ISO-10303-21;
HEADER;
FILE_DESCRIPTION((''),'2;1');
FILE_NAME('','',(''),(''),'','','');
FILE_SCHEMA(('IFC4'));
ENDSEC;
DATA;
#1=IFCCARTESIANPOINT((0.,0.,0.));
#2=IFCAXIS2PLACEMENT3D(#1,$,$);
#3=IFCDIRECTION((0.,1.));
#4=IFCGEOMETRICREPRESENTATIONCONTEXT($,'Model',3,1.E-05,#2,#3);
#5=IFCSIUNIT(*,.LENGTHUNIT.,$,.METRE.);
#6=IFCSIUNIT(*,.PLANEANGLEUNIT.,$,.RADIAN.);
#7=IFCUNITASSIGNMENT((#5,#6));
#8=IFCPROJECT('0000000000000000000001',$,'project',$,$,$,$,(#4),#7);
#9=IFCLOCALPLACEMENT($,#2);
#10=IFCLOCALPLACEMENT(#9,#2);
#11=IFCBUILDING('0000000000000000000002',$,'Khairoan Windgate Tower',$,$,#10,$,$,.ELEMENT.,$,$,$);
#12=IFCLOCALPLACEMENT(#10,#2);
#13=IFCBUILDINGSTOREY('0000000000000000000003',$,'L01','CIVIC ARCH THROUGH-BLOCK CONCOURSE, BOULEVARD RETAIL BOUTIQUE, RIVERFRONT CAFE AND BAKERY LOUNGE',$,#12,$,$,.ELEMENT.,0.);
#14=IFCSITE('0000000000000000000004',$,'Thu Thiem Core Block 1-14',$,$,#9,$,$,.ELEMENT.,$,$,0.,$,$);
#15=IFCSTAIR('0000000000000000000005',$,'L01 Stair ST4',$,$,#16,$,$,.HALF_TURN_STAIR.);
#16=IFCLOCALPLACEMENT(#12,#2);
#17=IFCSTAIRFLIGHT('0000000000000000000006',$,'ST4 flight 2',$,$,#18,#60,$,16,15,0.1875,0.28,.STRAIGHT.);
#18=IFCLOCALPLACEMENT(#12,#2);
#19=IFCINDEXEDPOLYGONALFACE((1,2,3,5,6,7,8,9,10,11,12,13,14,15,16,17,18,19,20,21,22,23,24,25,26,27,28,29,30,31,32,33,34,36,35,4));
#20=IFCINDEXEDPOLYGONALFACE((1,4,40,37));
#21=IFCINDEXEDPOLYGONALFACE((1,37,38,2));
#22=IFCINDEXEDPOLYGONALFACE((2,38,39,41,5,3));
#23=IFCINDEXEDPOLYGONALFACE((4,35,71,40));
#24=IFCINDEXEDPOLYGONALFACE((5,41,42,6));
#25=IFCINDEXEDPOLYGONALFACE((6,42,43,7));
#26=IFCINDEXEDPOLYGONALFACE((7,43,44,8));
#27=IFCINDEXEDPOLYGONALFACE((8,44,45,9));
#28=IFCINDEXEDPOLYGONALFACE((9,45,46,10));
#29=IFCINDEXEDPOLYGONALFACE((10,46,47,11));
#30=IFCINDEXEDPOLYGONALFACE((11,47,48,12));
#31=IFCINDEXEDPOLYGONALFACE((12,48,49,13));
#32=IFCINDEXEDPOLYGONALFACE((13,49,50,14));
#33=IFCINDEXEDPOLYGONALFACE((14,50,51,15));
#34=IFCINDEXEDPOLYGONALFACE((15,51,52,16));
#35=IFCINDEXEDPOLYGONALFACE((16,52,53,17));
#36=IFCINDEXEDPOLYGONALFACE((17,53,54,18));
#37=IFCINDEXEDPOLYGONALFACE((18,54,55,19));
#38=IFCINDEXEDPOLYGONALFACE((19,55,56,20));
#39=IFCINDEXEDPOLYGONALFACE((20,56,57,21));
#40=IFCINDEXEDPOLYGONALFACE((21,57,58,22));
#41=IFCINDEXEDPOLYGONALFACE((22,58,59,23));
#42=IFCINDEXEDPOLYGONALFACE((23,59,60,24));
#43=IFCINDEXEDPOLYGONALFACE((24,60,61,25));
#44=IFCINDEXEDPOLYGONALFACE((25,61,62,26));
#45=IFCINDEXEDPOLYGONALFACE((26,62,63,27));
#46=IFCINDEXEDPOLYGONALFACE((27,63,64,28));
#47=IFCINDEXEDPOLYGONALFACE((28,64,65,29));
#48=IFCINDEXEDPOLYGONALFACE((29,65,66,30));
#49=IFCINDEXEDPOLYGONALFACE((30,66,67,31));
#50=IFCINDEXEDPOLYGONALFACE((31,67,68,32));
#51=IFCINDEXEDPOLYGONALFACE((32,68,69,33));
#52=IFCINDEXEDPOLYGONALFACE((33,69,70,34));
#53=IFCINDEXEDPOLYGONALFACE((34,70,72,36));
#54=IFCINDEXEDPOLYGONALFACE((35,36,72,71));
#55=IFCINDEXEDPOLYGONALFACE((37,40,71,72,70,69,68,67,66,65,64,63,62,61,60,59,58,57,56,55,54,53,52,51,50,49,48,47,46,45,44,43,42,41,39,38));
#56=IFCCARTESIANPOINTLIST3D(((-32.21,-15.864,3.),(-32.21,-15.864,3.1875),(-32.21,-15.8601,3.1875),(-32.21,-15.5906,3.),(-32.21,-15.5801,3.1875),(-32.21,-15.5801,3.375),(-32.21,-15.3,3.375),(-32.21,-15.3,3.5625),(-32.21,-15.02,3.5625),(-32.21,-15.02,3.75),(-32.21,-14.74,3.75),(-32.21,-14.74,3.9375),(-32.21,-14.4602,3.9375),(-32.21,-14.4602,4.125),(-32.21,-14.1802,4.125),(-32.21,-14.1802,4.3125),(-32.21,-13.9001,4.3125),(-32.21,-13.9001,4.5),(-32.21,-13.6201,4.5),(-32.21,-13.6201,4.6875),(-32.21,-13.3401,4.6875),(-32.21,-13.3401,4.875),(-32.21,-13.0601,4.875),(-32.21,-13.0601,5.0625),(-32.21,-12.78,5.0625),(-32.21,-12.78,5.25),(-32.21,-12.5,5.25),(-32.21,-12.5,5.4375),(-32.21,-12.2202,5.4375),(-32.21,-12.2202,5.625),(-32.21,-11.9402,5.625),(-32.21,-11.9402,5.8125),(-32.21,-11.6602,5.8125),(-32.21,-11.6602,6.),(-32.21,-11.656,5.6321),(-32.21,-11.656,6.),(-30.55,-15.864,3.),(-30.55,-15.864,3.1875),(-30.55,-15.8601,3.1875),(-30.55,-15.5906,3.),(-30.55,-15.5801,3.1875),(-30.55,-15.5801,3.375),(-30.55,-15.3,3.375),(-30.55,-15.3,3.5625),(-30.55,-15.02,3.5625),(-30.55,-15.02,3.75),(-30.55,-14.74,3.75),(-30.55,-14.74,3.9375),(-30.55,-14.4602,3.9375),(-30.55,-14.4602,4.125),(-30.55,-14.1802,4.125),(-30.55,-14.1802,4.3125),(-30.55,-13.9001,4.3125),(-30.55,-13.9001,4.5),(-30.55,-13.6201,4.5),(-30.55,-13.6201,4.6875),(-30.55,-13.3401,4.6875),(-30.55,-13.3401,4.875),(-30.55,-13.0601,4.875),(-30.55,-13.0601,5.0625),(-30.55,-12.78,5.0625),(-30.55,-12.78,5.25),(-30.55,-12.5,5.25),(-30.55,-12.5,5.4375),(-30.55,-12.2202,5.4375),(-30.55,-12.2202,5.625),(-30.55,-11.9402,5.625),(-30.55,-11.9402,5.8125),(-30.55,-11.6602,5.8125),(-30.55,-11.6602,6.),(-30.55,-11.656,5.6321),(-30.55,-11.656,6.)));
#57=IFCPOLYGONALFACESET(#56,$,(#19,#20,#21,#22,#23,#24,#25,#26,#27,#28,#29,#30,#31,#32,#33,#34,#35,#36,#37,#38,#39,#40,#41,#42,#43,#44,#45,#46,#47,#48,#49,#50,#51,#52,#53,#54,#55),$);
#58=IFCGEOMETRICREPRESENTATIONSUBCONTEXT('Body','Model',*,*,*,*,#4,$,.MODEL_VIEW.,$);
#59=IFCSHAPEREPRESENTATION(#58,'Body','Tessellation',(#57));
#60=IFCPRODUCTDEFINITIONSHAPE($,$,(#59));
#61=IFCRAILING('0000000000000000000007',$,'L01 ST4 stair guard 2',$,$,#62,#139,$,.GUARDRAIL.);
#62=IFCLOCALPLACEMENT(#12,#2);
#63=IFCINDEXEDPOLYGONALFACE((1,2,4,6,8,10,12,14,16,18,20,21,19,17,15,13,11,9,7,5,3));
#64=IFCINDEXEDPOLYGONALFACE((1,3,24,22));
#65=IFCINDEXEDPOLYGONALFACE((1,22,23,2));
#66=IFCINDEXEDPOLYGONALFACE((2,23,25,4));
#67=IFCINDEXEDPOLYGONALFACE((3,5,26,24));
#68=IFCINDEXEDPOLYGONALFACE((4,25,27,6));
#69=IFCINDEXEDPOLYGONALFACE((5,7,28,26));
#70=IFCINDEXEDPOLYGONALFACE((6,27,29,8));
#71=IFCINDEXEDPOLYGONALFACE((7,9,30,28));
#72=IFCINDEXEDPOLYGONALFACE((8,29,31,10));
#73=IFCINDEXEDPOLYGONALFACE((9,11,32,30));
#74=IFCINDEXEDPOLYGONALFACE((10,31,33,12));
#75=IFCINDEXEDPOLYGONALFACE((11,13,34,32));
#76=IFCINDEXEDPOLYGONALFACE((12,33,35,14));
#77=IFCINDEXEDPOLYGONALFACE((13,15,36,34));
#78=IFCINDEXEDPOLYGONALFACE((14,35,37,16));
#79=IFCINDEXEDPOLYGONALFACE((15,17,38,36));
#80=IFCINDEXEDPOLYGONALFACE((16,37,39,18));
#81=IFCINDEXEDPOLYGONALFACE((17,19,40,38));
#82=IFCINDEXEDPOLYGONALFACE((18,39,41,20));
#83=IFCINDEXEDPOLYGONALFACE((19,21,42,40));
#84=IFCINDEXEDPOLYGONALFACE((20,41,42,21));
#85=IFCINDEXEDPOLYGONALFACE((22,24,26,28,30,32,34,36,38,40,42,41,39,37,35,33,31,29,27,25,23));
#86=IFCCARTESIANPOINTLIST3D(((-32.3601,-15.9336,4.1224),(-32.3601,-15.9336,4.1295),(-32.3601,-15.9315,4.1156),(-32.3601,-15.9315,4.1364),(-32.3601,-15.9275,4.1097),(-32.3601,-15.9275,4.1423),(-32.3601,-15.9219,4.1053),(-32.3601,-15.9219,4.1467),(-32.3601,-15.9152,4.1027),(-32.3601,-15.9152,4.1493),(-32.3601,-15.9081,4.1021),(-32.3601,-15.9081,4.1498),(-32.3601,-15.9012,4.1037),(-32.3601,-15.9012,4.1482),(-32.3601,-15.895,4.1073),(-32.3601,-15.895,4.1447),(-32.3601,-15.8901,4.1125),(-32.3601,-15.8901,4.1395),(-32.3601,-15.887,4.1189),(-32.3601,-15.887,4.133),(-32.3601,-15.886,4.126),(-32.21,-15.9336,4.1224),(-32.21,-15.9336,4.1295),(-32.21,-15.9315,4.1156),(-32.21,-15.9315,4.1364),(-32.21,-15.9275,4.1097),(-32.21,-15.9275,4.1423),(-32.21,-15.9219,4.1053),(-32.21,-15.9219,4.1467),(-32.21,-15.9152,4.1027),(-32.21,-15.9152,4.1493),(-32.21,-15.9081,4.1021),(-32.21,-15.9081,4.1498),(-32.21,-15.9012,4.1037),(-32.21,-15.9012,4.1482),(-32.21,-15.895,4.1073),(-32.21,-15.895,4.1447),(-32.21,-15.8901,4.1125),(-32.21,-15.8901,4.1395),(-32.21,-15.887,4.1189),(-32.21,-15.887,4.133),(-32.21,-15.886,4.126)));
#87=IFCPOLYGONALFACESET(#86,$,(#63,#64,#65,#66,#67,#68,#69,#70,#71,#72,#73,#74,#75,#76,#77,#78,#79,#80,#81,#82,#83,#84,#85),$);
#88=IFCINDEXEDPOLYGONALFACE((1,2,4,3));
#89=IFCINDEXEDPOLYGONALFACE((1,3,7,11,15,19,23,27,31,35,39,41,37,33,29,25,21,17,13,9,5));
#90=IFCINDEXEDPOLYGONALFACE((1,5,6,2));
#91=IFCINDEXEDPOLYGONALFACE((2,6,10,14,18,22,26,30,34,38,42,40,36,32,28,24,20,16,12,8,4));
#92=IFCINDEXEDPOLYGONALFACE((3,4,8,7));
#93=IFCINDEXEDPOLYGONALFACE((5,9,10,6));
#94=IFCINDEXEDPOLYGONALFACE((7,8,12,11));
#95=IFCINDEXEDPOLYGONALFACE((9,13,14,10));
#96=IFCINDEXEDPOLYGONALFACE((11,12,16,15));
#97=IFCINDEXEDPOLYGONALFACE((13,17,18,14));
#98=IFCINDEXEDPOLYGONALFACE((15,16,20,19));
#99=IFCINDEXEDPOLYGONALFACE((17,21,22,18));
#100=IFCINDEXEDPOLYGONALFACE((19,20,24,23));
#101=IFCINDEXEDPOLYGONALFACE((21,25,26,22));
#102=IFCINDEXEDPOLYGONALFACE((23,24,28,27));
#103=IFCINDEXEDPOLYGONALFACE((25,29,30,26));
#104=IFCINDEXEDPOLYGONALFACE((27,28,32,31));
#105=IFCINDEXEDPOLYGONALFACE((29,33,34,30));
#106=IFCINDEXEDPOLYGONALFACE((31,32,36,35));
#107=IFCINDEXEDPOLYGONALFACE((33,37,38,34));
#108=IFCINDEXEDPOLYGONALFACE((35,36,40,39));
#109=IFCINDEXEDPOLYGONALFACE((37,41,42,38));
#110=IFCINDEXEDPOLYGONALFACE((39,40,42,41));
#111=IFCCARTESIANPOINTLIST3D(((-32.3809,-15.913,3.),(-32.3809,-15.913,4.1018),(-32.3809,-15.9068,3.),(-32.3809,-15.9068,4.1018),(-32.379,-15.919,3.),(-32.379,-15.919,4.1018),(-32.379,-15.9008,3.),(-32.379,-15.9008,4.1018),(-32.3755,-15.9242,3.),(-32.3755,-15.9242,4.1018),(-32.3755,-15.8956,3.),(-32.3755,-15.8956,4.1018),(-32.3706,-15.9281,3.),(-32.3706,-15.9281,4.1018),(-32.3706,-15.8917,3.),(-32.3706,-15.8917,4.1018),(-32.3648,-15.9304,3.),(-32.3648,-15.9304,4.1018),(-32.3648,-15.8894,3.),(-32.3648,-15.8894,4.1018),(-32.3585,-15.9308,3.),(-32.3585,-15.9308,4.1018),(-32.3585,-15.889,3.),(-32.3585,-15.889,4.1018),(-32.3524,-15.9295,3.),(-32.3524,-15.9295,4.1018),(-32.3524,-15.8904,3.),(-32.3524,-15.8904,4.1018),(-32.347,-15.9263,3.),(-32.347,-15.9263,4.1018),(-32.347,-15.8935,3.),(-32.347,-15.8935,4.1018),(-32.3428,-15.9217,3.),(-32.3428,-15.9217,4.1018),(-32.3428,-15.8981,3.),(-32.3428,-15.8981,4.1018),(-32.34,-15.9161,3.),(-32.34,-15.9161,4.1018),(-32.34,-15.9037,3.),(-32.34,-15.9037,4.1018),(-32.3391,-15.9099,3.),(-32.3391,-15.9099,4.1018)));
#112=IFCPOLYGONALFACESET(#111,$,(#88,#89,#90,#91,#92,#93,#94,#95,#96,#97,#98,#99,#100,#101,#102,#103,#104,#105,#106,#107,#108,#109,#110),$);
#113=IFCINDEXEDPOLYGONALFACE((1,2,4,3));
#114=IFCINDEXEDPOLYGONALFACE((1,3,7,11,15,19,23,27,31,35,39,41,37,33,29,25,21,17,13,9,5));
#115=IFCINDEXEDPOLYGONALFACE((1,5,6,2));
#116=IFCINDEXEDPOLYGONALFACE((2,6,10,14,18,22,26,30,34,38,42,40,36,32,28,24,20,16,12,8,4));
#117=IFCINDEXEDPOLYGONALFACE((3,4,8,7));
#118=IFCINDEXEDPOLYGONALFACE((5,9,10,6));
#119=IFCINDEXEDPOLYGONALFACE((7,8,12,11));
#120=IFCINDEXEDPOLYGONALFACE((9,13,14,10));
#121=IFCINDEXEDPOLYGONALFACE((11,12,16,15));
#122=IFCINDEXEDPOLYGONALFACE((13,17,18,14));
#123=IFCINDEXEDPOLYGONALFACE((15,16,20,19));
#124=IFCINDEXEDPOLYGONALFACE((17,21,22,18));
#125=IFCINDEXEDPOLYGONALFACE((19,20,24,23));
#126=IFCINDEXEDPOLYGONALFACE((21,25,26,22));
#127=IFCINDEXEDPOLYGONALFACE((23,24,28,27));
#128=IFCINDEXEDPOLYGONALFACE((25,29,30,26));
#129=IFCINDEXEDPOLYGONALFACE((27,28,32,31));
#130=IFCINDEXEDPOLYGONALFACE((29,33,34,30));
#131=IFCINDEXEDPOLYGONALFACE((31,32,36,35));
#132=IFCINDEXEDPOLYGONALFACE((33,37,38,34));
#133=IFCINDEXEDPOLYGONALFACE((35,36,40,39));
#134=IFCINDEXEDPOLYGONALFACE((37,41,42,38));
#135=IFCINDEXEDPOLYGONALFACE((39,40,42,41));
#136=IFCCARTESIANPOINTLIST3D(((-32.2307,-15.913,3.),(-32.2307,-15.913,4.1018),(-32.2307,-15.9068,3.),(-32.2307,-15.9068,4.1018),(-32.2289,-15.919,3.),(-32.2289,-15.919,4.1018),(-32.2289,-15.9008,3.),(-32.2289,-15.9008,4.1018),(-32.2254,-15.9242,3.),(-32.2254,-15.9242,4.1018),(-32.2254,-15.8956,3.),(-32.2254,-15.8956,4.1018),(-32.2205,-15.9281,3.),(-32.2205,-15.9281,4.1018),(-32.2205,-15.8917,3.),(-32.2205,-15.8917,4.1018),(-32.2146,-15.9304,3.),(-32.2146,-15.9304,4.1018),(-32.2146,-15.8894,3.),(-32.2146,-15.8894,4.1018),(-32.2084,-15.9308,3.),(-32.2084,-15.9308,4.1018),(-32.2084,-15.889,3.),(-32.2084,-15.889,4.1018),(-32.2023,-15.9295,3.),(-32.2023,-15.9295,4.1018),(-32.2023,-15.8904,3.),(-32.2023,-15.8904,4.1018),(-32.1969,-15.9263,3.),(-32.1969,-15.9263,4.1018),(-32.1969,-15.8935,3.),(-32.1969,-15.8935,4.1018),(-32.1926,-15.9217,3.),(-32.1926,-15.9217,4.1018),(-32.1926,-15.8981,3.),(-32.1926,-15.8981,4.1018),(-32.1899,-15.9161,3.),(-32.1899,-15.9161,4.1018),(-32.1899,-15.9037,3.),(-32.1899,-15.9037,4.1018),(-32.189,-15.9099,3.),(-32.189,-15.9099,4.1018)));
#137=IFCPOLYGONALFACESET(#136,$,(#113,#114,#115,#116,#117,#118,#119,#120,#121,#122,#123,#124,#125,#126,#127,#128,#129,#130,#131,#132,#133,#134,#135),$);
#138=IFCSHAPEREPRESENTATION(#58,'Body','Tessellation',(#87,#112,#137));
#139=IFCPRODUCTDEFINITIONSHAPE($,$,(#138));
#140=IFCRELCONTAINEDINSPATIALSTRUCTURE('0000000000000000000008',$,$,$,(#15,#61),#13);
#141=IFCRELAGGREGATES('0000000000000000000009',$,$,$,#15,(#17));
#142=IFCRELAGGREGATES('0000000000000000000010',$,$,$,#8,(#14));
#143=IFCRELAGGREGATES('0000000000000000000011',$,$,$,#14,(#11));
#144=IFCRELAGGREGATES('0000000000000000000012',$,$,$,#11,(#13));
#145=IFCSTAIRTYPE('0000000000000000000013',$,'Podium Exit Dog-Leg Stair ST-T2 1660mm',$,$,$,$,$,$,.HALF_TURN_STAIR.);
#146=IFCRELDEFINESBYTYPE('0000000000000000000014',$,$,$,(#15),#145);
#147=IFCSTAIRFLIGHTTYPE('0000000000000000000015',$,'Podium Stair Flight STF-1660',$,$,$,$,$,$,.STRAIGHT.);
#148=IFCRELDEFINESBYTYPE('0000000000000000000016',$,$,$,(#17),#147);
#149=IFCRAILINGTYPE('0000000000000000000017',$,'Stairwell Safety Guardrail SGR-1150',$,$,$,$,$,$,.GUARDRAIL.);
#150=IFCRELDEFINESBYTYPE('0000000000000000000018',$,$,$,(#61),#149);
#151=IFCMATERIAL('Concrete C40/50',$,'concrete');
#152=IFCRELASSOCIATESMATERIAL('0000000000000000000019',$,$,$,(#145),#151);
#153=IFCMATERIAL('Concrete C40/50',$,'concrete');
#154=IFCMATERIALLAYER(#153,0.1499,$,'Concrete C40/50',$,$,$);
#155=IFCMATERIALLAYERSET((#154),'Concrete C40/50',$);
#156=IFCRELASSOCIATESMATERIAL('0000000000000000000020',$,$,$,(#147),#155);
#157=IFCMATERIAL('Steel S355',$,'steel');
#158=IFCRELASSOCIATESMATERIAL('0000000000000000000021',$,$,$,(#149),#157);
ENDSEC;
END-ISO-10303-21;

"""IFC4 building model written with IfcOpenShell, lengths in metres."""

from ifc_helpers import new_model, si_unit, direction, frame, origin, origin_2d, place, context, subcontext, project, spatial, polyline, circle, outline, extrude, material, layer, layer_set, type_object, element, aggregate, save


model = new_model("IFC4")

# Units and contexts
model_context = context("Model", 3, precision=1e-05, world=origin(), true_north=direction((0.0, 1.0)))
body_context = subcontext(model_context, "Body", "Model", "MODEL_VIEW")
ifc_project = project(units=[si_unit("LENGTHUNIT", "METRE"), si_unit("PLANEANGLEUNIT", "RADIAN")], contexts=[model_context])

# Site, building, storey
site_placement = place(None, origin())
site = spatial("IfcSite", under=ifc_project, at=site_placement, Name="Thu Thiem Core Block 1-14", CompositionType="ELEMENT", RefElevation=0.0)
building_placement = place(site_placement, origin())
building = spatial("IfcBuilding", under=site, at=building_placement, Name="Khairoan Windgate Tower", CompositionType="ELEMENT")
storey_placement = place(building_placement, origin())
storey = spatial("IfcBuildingStorey", under=building, at=storey_placement, Name="L01", Description="CIVIC ARCH THROUGH-BLOCK CONCOURSE, BOULEVARD RETAIL BOUTIQUE, RIVERFRONT CAFE AND BAKERY LOUNGE", CompositionType="ELEMENT", Elevation=0.0)

# Stair, stair flight
ifc_material_1 = material(Name="Concrete C40/50", Category="concrete")
stair_type = type_object("IfcStairType", Name="Podium Exit Dog-Leg Stair ST-T2 1660mm", PredefinedType="HALF_TURN_STAIR", material=ifc_material_1)
stair_placement = place(storey_placement, origin())
stair = element("IfcStair", 1, at=stair_placement, inside=storey, type_object=stair_type, Name="L01 Stair ST4", PredefinedType="HALF_TURN_STAIR")
ifc_material_2 = material(Name="Concrete C40/50", Category="concrete")
ifc_layer_1 = layer(ifc_material_2, 0.1499, Name="Concrete C40/50")
ifc_layer_set_1 = layer_set([ifc_layer_1], Name="Concrete C40/50")
stair_flight_type = type_object("IfcStairFlightType", Name="Podium Stair Flight STF-1660", PredefinedType="STRAIGHT", material=ifc_layer_set_1)
stair_flight_placement = place(storey_placement, frame((-31.3799, -15.8601, 3.0), z_axis=(0.0, 0.0, 1.0), x_axis=(0.0, 1.0, 0.0)))
stair_flight = element("IfcStairFlight", 2, at=stair_flight_placement, type_object=stair_flight_type, Name="ST4 flight 2", NumberOfRisers=16, NumberOfTreads=15, PredefinedType="STRAIGHT", RiserHeight=0.1875, TreadLength=0.28, context=body_context, shape_type="SweptSolid", body=[
    extrude(outline(polyline([(-0.0039, 0.0), (-0.0039, 0.1875), (0.0, 0.1875), (0.28, 0.1875), (0.28, 0.375), (0.5601, 0.375), (0.5601, 0.5625), (0.8401, 0.5625), (0.8401, 0.75), (1.1201, 0.75), (1.1201, 0.9375), (1.3999, 0.9375), (1.3999, 1.125), (1.6799, 1.125), (1.6799, 1.3125), (1.96, 1.3125), (1.96, 1.5), (2.24, 1.5), (2.24, 1.6875), (2.52, 1.6875), (2.52, 1.875), (2.8, 1.875), (2.8, 2.0625), (3.0801, 2.0625), (3.0801, 2.25), (3.3601, 2.25), (3.3601, 2.4375), (3.6399, 2.4375), (3.6399, 2.625), (3.9199, 2.625), (3.9199, 2.8125), (4.2, 2.8125), (4.2, 3.0), (4.2041, 3.0), (4.2041, 2.6321), (0.2695, 0.0), (-0.0039, 0.0)])), frame((0.0, 0.8301, 0.0), z_axis=(0.0, -1.0, 0.0), x_axis=(1.0, 0.0, 0.0)), (0.0, 0.0, 1.0), 1.6599),
])
aggregate(stair, [stair_flight])

# Railing
ifc_material_3 = material(Name="Steel S355", Category="steel")
railing_type = type_object("IfcRailingType", Name="Stairwell Safety Guardrail SGR-1150", PredefinedType="GUARDRAIL", material=ifc_material_3)
railing_1_placement = place(storey_placement, frame((-32.3601, -15.9099, 3.0)))
element("IfcRailing", 3, at=railing_1_placement, inside=storey, type_object=railing_type, Name="L01 ST4 stair guard 2", PredefinedType="GUARDRAIL", context=body_context, shape_type="SweptSolid", body=[
    extrude(circle(Radius=0.0239, at=origin_2d()), frame((0.0, 0.0, 1.126), z_axis=(1.0, 0.0, 0.0), x_axis=(0.0, 1.0, 0.0)), (0.0, 0.0, 1.0), 0.1501),
    extrude(circle(Radius=0.021, at=origin_2d()), origin(), (0.0, 0.0, 1.0), 1.1018),
    extrude(circle(Radius=0.021, at=origin_2d()), frame((0.1501, 0.0, 0.0)), (0.0, 0.0, 1.0), 1.1018),
])

save(model, "model.ifc")
